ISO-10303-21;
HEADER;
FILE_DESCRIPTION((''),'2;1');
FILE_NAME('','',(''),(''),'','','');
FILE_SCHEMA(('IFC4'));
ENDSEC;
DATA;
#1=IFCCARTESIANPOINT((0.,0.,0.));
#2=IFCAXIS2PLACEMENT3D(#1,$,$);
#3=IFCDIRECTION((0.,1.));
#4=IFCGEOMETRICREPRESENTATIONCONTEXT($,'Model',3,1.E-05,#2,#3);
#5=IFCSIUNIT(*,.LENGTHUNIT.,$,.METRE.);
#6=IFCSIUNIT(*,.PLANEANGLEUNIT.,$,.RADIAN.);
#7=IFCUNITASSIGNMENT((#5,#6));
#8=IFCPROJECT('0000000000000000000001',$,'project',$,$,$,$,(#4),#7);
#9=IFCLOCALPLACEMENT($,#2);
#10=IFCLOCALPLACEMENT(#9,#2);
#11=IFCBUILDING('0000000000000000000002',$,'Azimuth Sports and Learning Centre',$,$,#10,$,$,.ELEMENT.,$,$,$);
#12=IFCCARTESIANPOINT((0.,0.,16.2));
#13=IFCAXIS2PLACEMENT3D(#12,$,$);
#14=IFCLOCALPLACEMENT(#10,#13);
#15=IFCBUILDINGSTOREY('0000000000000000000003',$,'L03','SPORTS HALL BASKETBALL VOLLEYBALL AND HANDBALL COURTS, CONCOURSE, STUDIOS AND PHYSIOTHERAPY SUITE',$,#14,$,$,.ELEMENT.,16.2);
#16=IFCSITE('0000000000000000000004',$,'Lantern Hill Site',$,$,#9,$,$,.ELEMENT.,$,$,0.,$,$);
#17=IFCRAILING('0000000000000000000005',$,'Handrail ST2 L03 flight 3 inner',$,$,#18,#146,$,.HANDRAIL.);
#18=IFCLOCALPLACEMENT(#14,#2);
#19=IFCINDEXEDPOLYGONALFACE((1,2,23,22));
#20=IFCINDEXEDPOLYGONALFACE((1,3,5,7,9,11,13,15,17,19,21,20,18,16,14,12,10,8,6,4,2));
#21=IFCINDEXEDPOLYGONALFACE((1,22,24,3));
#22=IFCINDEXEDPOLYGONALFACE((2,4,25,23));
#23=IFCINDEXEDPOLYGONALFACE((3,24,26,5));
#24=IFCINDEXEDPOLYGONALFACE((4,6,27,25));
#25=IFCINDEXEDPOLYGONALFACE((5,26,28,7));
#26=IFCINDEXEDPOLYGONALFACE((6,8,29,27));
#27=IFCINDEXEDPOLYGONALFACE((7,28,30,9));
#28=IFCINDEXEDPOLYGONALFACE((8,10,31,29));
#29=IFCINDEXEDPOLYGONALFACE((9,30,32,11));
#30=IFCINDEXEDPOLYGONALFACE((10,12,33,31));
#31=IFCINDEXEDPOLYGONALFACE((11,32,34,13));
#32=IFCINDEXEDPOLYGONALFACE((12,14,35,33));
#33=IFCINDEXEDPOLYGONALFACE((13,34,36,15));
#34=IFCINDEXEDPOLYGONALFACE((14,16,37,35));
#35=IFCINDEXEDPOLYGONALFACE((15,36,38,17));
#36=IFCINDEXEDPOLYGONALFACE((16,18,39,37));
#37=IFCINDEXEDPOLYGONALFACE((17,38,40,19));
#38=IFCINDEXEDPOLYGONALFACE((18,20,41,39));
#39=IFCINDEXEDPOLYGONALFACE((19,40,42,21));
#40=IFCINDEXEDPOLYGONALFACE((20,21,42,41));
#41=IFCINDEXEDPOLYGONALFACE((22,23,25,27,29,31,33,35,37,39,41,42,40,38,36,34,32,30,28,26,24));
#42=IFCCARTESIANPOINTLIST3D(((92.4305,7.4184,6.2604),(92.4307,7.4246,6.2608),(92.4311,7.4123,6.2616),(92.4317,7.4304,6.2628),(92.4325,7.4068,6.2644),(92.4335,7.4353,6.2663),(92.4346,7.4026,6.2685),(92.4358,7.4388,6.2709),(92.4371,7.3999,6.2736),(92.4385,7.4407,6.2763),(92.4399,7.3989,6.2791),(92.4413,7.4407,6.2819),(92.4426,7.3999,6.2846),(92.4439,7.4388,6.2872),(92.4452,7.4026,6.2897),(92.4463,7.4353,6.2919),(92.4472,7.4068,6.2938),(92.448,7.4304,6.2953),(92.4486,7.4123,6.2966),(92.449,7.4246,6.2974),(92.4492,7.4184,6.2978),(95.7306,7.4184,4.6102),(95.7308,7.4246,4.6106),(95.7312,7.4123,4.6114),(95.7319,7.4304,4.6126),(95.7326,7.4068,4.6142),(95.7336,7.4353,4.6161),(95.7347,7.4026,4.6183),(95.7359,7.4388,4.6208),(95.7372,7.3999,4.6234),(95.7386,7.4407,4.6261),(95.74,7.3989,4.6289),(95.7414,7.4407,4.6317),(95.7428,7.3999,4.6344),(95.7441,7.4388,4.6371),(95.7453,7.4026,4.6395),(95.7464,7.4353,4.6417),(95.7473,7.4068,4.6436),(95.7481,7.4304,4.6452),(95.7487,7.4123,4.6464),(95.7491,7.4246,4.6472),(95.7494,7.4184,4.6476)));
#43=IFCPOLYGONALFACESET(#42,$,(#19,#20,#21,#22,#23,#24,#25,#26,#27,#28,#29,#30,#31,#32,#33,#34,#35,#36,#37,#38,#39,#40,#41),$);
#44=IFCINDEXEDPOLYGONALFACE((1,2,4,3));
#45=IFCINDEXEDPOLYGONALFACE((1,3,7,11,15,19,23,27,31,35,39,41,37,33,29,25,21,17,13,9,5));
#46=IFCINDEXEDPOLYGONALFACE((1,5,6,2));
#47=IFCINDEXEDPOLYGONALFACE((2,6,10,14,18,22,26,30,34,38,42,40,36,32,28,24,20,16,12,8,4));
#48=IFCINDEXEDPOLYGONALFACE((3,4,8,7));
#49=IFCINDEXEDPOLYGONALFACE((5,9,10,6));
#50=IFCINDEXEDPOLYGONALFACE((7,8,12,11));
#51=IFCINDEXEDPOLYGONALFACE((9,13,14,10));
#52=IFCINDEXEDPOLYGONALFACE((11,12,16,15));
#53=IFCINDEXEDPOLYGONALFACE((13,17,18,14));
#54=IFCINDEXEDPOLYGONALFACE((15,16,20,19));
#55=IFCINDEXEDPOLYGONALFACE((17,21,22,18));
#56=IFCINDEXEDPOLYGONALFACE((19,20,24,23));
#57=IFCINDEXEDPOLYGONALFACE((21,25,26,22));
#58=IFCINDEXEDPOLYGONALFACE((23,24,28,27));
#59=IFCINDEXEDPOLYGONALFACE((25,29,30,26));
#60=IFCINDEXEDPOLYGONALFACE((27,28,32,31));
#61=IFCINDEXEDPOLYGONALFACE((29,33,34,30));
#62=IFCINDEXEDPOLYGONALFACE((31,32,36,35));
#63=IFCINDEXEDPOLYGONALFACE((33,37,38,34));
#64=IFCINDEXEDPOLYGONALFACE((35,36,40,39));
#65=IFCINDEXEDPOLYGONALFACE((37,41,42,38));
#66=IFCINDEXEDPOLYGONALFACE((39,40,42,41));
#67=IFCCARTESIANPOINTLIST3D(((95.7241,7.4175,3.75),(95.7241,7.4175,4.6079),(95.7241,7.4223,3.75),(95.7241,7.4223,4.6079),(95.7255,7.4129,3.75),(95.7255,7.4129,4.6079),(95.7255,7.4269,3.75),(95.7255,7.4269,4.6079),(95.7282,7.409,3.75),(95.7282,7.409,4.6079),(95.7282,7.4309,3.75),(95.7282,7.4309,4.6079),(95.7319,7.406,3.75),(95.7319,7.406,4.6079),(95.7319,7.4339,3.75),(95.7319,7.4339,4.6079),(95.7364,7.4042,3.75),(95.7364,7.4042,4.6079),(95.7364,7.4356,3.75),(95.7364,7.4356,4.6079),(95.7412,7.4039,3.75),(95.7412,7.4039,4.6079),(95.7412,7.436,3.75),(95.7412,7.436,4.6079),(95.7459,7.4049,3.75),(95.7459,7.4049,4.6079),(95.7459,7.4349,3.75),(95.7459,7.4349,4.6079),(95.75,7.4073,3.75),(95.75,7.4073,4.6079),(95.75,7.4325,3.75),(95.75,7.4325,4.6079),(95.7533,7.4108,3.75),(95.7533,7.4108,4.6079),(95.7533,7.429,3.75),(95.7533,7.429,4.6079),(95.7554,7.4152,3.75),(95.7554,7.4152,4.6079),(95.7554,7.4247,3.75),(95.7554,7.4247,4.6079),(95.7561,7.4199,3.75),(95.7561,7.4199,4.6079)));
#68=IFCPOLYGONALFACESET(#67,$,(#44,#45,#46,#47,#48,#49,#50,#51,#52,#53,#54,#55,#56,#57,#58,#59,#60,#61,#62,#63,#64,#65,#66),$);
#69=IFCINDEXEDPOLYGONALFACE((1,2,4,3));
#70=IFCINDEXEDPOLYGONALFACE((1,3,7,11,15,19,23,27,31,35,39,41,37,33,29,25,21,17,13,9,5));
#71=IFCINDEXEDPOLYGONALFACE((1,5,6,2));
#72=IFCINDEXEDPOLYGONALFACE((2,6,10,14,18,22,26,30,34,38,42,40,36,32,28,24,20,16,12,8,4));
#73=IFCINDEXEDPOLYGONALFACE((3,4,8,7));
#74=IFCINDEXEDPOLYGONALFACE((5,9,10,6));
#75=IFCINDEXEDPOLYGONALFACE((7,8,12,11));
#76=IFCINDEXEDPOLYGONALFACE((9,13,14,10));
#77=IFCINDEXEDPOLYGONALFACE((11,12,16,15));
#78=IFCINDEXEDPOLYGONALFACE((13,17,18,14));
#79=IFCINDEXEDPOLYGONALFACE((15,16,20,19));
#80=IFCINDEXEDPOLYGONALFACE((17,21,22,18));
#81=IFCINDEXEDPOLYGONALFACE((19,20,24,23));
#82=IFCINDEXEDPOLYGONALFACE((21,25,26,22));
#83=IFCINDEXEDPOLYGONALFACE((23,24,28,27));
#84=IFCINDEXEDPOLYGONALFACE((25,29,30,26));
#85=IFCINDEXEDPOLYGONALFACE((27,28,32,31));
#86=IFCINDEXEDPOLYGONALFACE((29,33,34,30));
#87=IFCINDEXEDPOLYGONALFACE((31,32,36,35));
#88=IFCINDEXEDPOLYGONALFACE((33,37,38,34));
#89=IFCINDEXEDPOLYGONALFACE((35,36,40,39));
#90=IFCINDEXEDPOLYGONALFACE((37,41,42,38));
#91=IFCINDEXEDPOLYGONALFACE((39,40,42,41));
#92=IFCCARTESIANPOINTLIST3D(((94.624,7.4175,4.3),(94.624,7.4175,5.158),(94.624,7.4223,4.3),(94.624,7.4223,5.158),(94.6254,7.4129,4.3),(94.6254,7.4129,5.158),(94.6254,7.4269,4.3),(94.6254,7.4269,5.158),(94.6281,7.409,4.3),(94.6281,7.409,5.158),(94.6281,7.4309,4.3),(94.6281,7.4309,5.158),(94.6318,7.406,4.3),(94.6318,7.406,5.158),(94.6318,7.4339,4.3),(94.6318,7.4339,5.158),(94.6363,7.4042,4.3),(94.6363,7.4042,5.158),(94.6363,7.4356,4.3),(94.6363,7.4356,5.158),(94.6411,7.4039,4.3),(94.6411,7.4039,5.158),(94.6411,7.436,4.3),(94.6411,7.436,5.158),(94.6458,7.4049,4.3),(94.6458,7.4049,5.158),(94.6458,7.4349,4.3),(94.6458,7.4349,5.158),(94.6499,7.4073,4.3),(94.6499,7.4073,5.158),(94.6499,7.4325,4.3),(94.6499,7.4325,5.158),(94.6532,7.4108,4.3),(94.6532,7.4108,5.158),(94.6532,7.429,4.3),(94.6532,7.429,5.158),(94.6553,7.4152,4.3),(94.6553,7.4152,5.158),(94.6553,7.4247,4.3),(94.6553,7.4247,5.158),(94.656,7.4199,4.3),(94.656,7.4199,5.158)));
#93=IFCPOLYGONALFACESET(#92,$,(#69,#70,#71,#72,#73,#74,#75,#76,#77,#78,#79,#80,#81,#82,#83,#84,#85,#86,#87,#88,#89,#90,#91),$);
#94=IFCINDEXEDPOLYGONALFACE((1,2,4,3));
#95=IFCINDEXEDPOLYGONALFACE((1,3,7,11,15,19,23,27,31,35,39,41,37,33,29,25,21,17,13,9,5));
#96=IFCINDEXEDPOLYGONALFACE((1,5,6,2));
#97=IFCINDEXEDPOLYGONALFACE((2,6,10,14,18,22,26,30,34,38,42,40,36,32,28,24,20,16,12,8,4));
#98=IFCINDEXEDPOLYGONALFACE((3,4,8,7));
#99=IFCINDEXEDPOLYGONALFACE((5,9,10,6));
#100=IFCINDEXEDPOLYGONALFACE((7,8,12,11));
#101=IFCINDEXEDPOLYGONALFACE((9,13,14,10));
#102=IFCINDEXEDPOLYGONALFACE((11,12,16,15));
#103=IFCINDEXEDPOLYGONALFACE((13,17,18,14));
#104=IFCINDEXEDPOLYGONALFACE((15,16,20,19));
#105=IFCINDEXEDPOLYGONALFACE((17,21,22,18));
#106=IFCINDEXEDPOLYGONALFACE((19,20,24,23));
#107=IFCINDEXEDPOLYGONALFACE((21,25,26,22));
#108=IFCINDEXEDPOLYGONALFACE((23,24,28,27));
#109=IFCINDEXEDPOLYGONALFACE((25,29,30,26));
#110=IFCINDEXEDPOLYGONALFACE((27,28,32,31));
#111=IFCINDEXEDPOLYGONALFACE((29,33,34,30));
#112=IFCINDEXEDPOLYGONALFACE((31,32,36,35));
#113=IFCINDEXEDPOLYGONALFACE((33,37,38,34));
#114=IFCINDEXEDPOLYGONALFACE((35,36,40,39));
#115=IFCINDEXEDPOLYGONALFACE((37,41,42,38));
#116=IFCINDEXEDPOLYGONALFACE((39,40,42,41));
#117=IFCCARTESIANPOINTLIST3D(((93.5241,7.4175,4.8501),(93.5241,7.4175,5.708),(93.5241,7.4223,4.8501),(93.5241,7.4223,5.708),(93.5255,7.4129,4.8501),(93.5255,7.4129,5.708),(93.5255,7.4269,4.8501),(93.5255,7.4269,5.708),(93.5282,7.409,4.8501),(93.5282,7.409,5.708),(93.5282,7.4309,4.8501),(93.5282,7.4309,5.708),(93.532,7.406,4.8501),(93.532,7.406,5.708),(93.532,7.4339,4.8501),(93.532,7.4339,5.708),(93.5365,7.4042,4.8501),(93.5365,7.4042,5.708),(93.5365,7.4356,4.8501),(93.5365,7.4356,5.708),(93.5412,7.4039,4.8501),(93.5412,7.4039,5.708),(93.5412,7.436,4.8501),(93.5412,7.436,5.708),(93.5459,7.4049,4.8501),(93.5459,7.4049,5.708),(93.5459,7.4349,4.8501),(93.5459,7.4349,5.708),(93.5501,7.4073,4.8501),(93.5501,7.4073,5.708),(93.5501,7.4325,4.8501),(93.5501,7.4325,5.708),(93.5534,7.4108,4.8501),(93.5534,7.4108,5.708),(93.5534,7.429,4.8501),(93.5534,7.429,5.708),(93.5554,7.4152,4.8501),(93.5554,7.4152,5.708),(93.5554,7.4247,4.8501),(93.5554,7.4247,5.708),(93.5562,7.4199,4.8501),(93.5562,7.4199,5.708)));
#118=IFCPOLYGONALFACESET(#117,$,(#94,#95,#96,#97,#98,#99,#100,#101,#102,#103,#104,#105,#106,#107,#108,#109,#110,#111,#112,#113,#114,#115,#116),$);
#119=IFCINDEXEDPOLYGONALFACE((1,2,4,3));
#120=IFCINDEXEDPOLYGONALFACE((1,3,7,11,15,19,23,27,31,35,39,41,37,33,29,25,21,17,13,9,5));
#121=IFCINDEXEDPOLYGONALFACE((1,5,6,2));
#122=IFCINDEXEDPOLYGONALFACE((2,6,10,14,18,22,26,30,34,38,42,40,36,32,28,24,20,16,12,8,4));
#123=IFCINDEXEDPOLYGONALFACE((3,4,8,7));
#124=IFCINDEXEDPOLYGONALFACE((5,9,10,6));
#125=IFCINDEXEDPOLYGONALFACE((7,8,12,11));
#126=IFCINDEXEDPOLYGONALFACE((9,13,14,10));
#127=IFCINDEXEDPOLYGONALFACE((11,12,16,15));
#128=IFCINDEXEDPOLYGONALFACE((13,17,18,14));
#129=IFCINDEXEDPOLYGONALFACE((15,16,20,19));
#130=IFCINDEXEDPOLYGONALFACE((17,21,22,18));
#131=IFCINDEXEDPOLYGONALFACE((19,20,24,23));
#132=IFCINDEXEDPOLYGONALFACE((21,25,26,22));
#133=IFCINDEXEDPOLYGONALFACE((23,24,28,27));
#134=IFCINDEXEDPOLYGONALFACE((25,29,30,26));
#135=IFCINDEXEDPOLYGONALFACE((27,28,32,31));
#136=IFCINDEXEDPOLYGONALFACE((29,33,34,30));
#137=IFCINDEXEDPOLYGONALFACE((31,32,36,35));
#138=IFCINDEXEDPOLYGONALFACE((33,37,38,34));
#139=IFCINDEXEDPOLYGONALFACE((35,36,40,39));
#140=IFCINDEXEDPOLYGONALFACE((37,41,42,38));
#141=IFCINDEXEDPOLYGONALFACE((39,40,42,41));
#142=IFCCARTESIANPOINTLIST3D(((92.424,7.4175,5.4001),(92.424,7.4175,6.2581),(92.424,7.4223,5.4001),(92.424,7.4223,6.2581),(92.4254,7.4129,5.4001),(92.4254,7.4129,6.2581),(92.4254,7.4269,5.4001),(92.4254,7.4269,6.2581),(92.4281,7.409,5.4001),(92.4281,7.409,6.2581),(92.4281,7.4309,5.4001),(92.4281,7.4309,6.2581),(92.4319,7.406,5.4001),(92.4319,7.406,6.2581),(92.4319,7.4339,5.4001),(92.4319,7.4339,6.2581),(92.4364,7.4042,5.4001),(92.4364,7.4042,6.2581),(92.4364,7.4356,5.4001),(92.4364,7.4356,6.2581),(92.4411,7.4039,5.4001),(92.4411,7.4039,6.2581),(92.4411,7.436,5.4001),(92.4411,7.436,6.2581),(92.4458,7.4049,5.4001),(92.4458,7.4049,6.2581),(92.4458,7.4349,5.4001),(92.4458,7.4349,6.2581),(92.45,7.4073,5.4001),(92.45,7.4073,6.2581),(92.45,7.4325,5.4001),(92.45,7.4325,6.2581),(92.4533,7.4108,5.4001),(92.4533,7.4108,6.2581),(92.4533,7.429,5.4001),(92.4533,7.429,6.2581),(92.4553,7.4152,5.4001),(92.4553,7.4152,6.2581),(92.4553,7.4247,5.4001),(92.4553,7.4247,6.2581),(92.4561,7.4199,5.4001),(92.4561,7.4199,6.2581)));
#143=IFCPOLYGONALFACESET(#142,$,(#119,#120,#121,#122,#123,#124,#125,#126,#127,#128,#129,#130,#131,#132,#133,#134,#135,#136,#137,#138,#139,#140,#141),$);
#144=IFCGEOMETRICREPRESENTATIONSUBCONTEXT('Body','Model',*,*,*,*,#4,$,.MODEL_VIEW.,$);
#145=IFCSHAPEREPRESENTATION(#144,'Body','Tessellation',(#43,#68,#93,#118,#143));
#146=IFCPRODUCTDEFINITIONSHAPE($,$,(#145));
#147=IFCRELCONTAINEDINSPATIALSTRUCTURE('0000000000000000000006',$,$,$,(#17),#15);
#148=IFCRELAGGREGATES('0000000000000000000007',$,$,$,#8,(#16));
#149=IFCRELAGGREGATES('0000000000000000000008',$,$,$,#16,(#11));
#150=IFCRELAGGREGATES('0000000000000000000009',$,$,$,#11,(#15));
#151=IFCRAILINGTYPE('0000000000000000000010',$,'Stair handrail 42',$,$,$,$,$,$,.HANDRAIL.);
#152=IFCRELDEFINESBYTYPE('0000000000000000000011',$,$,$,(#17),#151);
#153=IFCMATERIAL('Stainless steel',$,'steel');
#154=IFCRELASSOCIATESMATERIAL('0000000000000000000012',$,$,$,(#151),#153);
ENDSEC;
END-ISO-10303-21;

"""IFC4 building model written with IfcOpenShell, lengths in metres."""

from ifc_helpers import new_model, si_unit, direction, frame, origin, origin_2d, place, context, subcontext, project, spatial, circle, extrude, material, type_object, element, save


model = new_model("IFC4")

# Units and contexts
model_context = context("Model", 3, precision=1e-05, world=origin(), true_north=direction((0.0, 1.0)))
body_context = subcontext(model_context, "Body", "Model", "MODEL_VIEW")
ifc_project = project(units=[si_unit("LENGTHUNIT", "METRE"), si_unit("PLANEANGLEUNIT", "RADIAN")], contexts=[model_context])

# Site, building, storey
site_placement = place(None, origin())
site = spatial("IfcSite", under=ifc_project, at=site_placement, Name="Lantern Hill Site", CompositionType="ELEMENT", RefElevation=0.0)
building_placement = place(site_placement, origin())
building = spatial("IfcBuilding", under=site, at=building_placement, Name="Azimuth Sports and Learning Centre", CompositionType="ELEMENT")
storey_placement = place(building_placement, frame((0.0, 0.0, 16.2)))
storey = spatial("IfcBuildingStorey", under=building, at=storey_placement, Name="L03", Description="SPORTS HALL BASKETBALL VOLLEYBALL AND HANDBALL COURTS, CONCOURSE, STUDIOS AND PHYSIOTHERAPY SUITE", CompositionType="ELEMENT", Elevation=16.2)

# Railing
ifc_material_1 = material(Name="Stainless steel", Category="steel")
railing_type = type_object("IfcRailingType", Name="Stair handrail 42", PredefinedType="HANDRAIL", material=ifc_material_1)
for number, where, name in (
    (1, (95.74, 7.4199, 3.75), "Handrail ST2 L03 flight 3 inner"),
):
    element("IfcRailing", number, at=place(storey_placement, frame(where)), inside=storey, type_object=railing_type, Name=name, PredefinedType="HANDRAIL", context=body_context, shape_type="SweptSolid", body=[
        extrude(circle(Radius=0.021, at=origin_2d()), frame((0.0, 0.0, 0.8789), z_axis=(-0.894414, 0.0, 0.44724), x_axis=(0.0, -1.0, 0.0)), (0.0, 0.0, 1.0), 3.6897),
        extrude(circle(Radius=0.0161, at=origin_2d()), origin(), (0.0, 0.0, 1.0), 0.8579),
        extrude(circle(Radius=0.0161, at=origin_2d()), frame((-1.1001, 0.0, 0.55)), (0.0, 0.0, 1.0), 0.8579),
        extrude(circle(Radius=0.0161, at=origin_2d()), frame((-2.2, 0.0, 1.1001)), (0.0, 0.0, 1.0), 0.8579),
        extrude(circle(Radius=0.0161, at=origin_2d()), frame((-3.3, 0.0, 1.6501)), (0.0, 0.0, 1.0), 0.8579),
    ])

save(model, "model.ifc")
